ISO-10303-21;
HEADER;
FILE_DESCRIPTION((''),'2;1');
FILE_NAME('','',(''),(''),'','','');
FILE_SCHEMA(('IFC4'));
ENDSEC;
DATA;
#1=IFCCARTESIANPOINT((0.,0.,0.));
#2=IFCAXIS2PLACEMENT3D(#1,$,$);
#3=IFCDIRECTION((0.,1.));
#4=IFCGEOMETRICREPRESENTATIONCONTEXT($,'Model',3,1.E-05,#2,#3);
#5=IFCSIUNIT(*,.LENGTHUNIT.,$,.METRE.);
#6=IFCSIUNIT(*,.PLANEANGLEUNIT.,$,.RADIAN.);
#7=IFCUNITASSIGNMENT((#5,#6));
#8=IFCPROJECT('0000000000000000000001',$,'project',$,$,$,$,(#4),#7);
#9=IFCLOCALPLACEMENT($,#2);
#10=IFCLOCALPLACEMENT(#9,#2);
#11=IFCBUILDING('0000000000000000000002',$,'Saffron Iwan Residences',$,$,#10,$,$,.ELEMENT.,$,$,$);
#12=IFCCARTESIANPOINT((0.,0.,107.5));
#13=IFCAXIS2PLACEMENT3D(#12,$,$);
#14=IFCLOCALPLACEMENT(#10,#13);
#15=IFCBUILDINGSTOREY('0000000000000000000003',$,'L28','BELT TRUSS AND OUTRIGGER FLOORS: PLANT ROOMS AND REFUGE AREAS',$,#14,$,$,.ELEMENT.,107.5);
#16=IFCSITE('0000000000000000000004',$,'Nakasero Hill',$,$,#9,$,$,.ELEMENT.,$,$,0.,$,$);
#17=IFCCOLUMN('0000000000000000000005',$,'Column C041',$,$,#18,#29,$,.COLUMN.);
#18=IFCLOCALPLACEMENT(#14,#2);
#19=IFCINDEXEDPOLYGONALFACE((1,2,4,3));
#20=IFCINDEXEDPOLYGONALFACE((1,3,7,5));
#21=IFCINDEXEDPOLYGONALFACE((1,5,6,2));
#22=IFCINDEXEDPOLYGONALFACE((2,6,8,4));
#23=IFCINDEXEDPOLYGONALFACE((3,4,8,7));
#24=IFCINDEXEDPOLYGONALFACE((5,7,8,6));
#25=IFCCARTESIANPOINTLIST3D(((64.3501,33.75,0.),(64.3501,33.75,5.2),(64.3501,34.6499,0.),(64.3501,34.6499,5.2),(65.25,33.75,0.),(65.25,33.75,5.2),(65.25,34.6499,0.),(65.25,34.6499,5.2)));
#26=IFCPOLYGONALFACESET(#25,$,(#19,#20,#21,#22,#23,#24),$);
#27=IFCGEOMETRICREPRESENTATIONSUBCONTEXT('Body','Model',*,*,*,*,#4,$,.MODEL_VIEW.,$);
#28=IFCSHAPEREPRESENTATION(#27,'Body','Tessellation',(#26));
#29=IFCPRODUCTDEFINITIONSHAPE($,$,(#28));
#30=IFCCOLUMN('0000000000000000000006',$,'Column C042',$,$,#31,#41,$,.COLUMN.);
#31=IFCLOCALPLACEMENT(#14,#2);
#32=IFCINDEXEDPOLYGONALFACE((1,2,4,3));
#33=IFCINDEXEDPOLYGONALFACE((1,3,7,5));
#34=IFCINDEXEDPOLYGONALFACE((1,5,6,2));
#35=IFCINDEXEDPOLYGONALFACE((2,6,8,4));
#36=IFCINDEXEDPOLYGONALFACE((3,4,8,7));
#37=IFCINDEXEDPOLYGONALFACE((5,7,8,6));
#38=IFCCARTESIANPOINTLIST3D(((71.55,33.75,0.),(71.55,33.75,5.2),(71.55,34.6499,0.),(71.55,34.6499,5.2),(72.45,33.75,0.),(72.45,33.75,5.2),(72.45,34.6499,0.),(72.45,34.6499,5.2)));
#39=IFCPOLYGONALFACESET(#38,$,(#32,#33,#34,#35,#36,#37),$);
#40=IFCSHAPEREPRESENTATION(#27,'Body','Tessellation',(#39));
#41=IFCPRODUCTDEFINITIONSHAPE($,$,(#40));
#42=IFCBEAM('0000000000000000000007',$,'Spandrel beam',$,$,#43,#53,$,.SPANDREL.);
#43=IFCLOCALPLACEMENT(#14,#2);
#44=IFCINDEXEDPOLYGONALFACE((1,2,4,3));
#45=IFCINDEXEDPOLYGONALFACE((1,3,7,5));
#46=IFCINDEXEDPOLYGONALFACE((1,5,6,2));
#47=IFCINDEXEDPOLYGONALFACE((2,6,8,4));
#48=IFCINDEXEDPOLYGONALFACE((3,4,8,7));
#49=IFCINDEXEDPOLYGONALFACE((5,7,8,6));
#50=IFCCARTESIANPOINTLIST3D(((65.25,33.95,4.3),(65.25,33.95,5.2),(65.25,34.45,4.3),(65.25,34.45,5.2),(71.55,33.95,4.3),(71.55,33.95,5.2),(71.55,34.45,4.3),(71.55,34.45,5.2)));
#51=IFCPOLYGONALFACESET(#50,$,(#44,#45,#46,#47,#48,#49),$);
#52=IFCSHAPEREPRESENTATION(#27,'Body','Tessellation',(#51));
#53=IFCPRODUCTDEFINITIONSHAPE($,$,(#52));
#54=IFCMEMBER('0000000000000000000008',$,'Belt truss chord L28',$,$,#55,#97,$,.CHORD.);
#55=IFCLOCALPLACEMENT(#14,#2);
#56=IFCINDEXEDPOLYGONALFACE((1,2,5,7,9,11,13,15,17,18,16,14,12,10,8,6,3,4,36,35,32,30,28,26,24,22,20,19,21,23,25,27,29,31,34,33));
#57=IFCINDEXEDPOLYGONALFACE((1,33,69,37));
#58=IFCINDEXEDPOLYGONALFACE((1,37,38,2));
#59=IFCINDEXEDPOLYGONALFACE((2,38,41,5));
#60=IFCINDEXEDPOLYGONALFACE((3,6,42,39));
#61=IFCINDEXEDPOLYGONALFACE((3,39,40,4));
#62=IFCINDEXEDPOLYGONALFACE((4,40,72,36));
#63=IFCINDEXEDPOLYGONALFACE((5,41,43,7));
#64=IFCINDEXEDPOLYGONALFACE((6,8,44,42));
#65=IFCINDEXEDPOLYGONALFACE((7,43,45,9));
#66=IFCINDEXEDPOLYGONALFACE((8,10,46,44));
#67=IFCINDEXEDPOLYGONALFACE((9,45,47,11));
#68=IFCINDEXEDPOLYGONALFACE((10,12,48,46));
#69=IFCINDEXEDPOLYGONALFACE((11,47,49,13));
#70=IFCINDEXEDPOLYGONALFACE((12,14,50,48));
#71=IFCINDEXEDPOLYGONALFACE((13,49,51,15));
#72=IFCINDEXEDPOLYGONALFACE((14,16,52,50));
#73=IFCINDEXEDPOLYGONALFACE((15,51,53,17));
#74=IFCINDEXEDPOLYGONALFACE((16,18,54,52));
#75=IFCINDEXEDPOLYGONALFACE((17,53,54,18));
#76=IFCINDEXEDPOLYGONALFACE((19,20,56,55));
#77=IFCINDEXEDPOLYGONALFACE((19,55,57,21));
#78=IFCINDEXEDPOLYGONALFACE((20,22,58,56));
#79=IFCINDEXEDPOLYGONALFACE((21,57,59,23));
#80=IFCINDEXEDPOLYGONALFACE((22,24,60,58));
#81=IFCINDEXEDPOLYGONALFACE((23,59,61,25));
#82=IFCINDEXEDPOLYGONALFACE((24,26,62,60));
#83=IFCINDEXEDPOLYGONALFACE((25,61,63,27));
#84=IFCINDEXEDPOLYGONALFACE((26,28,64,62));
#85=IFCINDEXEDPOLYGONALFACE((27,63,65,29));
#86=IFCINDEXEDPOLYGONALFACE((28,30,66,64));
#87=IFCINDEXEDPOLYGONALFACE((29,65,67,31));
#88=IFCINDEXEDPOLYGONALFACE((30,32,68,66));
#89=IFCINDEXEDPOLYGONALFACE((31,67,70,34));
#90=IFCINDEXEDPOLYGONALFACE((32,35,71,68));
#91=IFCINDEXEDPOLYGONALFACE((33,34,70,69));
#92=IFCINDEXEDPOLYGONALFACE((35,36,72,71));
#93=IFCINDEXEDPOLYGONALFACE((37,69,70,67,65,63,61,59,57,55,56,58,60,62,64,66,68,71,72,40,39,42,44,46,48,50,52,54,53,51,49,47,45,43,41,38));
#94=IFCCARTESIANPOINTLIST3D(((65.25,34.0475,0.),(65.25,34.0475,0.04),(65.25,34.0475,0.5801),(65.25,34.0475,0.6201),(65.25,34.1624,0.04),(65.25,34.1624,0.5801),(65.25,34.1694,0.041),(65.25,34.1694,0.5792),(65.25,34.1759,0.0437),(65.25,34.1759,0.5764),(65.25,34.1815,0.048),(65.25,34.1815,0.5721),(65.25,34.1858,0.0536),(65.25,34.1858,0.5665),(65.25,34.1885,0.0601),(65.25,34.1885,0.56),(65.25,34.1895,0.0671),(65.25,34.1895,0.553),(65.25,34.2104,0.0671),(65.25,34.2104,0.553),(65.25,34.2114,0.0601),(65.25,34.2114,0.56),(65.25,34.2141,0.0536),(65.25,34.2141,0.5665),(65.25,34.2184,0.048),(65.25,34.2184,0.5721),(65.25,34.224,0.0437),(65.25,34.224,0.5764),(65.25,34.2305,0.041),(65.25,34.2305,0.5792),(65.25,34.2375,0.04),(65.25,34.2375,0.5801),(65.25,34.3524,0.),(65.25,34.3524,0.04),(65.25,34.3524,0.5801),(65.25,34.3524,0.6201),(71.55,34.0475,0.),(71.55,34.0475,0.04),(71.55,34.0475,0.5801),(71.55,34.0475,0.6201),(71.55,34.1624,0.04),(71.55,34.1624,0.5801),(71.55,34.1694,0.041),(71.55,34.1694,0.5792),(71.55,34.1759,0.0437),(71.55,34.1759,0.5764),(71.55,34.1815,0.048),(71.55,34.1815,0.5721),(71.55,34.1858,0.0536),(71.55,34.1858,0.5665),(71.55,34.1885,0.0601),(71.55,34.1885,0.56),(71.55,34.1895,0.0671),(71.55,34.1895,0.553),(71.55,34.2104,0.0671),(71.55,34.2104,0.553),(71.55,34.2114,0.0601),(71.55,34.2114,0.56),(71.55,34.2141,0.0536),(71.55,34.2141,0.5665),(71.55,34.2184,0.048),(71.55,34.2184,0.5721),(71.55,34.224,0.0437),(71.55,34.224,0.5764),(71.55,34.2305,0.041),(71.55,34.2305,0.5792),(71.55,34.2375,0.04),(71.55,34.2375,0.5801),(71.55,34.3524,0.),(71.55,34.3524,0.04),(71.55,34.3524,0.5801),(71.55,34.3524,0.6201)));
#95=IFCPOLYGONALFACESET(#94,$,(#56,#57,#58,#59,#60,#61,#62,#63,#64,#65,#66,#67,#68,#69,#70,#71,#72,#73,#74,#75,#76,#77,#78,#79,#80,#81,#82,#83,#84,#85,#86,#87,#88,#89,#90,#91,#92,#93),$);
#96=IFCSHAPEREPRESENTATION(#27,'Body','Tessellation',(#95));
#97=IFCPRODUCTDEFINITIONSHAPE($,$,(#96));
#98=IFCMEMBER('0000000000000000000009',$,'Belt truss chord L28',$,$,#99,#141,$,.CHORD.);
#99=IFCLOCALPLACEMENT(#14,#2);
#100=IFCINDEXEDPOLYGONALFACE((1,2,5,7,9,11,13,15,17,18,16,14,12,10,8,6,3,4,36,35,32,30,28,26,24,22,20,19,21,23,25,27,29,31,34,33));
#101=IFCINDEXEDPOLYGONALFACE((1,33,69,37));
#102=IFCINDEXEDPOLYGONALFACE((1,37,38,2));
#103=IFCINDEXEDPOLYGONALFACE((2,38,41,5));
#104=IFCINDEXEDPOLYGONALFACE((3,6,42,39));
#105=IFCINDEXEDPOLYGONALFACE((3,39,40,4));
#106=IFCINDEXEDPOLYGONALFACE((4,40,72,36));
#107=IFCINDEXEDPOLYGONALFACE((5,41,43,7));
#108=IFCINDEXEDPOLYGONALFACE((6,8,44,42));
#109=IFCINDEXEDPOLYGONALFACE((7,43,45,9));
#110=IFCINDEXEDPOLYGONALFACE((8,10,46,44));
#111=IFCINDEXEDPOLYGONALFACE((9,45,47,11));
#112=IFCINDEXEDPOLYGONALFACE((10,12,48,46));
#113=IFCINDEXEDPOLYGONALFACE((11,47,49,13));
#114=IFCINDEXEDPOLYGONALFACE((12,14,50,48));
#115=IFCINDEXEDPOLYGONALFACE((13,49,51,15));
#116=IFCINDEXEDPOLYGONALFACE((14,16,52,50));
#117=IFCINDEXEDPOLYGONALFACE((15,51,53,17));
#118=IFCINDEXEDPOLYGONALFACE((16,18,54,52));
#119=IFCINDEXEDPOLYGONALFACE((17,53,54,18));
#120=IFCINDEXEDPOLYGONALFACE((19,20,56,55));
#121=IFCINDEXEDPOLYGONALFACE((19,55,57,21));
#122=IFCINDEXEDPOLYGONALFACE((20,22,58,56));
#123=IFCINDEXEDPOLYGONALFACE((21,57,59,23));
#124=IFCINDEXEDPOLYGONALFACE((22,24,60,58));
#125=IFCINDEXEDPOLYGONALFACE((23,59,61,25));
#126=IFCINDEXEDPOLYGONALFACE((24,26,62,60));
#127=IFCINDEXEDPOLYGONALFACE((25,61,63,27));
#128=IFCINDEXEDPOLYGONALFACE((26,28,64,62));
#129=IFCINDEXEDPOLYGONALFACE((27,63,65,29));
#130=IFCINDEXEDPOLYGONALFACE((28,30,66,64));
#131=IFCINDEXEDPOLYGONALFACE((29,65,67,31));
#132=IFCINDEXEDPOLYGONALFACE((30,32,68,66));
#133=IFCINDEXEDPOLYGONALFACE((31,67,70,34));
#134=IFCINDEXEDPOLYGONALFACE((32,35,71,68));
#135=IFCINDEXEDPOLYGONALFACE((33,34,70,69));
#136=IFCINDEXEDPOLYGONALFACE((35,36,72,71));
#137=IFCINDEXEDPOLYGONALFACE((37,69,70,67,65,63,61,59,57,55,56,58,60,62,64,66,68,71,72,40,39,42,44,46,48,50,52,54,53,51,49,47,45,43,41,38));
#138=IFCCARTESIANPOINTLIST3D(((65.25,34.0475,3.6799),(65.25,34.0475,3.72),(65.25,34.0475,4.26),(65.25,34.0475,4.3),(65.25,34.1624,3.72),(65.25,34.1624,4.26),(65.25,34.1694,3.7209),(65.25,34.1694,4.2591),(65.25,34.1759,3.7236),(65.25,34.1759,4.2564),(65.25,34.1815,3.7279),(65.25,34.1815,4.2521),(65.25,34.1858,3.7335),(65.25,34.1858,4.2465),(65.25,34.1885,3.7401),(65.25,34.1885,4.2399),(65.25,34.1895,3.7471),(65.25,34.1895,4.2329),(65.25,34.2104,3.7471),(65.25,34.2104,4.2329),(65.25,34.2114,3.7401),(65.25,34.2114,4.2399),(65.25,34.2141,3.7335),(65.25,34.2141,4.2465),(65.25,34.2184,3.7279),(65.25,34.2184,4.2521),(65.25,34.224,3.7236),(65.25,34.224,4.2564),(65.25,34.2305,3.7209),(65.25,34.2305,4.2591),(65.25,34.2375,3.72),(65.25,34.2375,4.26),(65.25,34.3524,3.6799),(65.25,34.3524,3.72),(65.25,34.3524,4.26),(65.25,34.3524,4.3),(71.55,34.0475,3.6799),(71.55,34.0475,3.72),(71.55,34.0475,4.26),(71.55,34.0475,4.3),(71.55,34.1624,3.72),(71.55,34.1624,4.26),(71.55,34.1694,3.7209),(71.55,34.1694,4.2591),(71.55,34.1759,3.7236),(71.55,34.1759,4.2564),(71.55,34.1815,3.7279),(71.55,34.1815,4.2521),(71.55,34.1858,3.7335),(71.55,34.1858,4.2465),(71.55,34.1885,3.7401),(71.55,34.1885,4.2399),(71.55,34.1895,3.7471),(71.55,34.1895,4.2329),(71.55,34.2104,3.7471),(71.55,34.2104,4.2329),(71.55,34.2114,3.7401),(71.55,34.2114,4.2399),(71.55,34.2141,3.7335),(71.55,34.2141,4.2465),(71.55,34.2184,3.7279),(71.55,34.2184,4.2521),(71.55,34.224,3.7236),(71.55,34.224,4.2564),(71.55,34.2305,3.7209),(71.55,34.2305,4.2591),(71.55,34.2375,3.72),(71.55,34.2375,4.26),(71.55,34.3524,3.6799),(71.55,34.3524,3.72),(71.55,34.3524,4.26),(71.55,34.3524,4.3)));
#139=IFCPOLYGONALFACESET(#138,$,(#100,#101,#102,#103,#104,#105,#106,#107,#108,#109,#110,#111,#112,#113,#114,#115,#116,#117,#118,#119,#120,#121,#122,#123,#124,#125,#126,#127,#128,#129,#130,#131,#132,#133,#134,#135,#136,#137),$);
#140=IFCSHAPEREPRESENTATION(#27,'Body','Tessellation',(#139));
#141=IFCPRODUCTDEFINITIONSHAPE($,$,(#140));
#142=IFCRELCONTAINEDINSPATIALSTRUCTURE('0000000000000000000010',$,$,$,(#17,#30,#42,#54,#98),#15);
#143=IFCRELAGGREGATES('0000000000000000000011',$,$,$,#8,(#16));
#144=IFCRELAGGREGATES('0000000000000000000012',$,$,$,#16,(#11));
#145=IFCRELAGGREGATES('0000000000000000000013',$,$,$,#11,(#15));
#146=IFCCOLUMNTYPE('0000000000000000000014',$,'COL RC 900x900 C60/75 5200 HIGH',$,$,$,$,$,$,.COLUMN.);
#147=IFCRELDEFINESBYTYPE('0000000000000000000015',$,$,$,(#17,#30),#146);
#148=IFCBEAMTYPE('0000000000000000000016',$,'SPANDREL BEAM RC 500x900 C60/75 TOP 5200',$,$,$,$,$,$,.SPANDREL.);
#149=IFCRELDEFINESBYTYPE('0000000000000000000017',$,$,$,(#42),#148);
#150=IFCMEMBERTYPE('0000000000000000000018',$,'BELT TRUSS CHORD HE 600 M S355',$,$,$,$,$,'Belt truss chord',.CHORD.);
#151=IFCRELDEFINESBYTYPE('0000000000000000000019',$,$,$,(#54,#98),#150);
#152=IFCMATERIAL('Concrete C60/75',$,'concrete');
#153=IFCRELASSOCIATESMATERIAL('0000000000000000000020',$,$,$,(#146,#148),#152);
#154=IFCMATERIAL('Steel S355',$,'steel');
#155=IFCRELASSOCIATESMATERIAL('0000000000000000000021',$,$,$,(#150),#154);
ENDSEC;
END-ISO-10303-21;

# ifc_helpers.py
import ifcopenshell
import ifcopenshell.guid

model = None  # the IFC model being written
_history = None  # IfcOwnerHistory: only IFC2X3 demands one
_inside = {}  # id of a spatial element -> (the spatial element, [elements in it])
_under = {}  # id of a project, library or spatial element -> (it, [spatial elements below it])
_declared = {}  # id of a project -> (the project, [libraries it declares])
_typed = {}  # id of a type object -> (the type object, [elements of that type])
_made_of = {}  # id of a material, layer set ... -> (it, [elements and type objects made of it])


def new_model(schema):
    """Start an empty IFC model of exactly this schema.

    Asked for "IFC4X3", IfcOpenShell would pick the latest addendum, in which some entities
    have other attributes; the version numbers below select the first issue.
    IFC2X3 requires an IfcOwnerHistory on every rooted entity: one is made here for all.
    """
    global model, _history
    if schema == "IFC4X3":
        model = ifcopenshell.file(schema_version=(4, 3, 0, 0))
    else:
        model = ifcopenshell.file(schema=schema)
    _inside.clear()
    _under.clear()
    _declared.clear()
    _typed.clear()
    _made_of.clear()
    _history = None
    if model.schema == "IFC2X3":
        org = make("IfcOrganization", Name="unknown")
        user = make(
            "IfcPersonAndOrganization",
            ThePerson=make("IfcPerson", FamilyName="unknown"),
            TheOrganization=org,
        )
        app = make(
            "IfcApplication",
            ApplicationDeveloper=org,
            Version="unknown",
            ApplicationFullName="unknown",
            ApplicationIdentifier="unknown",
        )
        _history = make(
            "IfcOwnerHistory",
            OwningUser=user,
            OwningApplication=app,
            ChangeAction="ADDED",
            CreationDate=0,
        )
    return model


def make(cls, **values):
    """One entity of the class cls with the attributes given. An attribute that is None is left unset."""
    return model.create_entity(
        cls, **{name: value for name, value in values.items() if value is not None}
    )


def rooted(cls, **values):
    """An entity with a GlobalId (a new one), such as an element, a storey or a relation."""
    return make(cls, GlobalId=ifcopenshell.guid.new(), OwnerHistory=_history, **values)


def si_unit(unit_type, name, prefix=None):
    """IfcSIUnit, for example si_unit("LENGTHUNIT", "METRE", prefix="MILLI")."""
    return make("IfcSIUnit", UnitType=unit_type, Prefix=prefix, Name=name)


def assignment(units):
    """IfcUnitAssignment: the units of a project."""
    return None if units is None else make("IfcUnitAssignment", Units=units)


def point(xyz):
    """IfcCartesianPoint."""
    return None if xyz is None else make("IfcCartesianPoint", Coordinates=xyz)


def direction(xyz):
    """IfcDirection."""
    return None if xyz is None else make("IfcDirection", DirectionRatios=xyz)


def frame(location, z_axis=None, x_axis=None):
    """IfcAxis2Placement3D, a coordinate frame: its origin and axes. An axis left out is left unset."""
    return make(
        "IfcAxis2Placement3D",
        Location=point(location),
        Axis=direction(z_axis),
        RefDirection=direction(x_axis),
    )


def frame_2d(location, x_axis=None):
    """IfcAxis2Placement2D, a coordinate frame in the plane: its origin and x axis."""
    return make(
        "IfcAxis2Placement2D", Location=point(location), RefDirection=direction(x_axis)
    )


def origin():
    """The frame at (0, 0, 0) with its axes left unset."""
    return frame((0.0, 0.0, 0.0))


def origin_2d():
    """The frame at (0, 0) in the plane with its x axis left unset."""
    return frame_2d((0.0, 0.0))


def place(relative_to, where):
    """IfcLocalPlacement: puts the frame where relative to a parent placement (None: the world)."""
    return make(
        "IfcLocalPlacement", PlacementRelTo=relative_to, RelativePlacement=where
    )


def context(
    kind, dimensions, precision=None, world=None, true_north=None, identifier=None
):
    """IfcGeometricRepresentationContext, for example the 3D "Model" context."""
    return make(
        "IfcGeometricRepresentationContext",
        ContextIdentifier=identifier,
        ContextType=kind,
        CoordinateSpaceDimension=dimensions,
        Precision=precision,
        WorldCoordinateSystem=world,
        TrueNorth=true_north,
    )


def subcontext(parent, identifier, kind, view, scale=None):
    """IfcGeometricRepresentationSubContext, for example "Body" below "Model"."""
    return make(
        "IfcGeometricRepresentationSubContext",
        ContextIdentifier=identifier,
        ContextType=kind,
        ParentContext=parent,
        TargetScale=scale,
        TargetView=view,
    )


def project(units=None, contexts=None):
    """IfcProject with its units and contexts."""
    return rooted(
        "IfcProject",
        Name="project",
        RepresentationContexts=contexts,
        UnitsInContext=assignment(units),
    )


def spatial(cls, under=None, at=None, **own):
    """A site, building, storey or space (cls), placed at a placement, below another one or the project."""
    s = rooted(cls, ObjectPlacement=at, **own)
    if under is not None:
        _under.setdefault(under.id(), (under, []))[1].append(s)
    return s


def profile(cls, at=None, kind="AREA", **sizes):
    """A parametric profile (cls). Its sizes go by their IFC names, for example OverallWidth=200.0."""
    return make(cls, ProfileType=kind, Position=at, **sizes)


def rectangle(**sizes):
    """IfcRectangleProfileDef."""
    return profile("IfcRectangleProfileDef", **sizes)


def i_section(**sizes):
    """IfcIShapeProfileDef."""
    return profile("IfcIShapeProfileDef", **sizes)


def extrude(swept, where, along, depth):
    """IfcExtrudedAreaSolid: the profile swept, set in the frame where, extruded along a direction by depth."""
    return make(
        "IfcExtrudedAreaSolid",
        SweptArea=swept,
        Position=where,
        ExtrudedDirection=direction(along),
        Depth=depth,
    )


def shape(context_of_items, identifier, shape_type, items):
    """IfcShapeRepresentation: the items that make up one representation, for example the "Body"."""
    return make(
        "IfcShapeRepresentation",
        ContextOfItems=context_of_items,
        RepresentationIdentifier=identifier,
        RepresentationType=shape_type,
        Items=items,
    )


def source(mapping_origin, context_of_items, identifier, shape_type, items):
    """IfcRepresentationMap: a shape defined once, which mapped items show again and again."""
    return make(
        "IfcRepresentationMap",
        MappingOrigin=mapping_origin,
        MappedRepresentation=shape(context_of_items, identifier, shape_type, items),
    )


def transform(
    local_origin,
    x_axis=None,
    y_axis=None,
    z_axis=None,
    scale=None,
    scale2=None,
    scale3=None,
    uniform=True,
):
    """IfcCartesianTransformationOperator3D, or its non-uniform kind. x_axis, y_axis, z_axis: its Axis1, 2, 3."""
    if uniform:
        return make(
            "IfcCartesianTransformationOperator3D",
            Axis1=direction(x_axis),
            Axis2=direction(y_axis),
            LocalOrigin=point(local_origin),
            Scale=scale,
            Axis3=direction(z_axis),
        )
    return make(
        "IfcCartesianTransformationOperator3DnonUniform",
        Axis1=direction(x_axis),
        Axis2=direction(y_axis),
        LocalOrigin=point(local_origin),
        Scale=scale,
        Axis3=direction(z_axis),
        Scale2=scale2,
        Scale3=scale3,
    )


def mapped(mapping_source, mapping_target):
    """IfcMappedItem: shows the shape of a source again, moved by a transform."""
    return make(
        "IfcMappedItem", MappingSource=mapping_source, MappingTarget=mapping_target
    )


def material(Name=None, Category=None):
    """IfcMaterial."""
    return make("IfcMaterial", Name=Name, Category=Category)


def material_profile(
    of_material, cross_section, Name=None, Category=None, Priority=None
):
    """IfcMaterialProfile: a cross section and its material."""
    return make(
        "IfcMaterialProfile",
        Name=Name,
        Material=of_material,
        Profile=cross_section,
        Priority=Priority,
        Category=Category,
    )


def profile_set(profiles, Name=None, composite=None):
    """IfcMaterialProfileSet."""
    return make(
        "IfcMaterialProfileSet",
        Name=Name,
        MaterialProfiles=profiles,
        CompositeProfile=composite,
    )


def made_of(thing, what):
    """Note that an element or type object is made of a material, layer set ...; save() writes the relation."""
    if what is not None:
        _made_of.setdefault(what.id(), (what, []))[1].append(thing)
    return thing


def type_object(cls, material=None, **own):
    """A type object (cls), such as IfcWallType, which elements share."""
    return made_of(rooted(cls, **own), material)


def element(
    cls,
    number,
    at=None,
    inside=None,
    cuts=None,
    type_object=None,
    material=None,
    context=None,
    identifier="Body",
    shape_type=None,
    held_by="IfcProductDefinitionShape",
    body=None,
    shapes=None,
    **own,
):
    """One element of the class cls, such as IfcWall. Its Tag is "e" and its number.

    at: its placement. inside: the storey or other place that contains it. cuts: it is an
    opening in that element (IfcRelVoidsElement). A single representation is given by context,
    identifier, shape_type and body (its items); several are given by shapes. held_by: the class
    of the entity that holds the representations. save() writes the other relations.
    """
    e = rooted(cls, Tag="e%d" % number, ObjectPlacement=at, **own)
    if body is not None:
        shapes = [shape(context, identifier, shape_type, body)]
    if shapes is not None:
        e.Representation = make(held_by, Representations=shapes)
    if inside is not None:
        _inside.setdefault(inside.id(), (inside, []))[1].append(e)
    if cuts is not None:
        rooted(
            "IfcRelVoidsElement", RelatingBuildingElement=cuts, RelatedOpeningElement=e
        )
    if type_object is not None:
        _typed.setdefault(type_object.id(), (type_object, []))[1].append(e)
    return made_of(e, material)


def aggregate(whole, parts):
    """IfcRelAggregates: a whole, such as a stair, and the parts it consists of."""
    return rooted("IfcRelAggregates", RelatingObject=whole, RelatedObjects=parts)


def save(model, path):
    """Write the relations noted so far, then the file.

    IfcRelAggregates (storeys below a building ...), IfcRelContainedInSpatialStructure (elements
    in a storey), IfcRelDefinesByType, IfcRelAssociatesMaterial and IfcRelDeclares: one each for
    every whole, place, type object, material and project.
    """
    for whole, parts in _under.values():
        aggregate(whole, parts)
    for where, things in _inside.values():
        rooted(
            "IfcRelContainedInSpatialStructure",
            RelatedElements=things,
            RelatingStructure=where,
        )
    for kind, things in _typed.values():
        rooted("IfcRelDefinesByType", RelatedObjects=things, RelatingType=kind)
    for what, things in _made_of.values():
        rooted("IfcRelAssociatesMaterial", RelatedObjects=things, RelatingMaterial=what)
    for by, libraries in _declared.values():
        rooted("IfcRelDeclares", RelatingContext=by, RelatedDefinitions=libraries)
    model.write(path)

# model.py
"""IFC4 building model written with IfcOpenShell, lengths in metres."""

from ifc_helpers import new_model, si_unit, direction, frame, origin, origin_2d, place, context, subcontext, project, spatial, rectangle, i_section, extrude, source, transform, mapped, material, material_profile, profile_set, type_object, element, save


model = new_model("IFC4")

# Units and contexts
model_context = context("Model", 3, precision=1e-05, world=origin(), true_north=direction((0.0, 1.0)))
body_context = subcontext(model_context, "Body", "Model", "MODEL_VIEW")
ifc_project = project(units=[si_unit("LENGTHUNIT", "METRE"), si_unit("PLANEANGLEUNIT", "RADIAN")], contexts=[model_context])

# Site, building, storey
site_placement = place(None, origin())
site = spatial("IfcSite", under=ifc_project, at=site_placement, Name="Nakasero Hill", CompositionType="ELEMENT", RefElevation=0.0)
building_placement = place(site_placement, origin())
building = spatial("IfcBuilding", under=site, at=building_placement, Name="Saffron Iwan Residences", CompositionType="ELEMENT")
storey_placement = place(building_placement, frame((0.0, 0.0, 107.5)))
storey = spatial("IfcBuildingStorey", under=building, at=storey_placement, Name="L28", Description="BELT TRUSS AND OUTRIGGER FLOORS: PLANT ROOMS AND REFUGE AREAS", CompositionType="ELEMENT", Elevation=107.5)

# Columns
ifc_material_1 = material(Name="Concrete C60/75", Category="concrete")
ifc_material_profile_1 = material_profile(ifc_material_1, rectangle(XDim=0.8999, YDim=0.8999, at=origin_2d()), Name="RC 900x900")
ifc_profile_set_1 = profile_set([ifc_material_profile_1], Name="Concrete C60/75")
column_type = type_object("IfcColumnType", Name="COL RC 900x900 C60/75 5200 HIGH", PredefinedType="COLUMN", material=ifc_profile_set_1)
shared_shape_1 = source(origin(), body_context, "Body", "SweptSolid", [
    extrude(rectangle(XDim=0.8999, YDim=0.8999, at=origin_2d()), origin(), (0.0, 0.0, 1.0), 5.2),
])
for number, where, z_axis, x_axis, name in (
    (1, (64.8, 34.2, 0.0), (0.0, 0.0, 1.0), (1.0, 0.0, 0.0), "Column C041"),
    (2, (72.0, 34.2, 0.0), (0.0, 0.0, 1.0), (1.0, 0.0, 0.0), "Column C042"),
):
    element("IfcColumn", number, at=place(storey_placement, frame(where, z_axis=z_axis, x_axis=x_axis)), inside=storey, type_object=column_type, Name=name, PredefinedType="COLUMN", context=body_context, shape_type="MappedRepresentation", body=[
        mapped(shared_shape_1, transform((0.0, 0.0, 0.0))),
    ])

# Beam
ifc_material_profile_2 = material_profile(ifc_material_1, rectangle(XDim=0.5, YDim=0.8999, at=origin_2d()), Name="RC 500x900")
ifc_profile_set_2 = profile_set([ifc_material_profile_2], Name="Concrete C60/75")
beam_type = type_object("IfcBeamType", Name="SPANDREL BEAM RC 500x900 C60/75 TOP 5200", PredefinedType="SPANDREL", material=ifc_profile_set_2)
shared_shape_2 = source(origin(), body_context, "Body", "SweptSolid", [
    extrude(rectangle(XDim=0.5, YDim=0.8999, at=origin_2d()), origin(), (0.0, 0.0, 1.0), 6.3),
])
beam_placement = place(storey_placement, frame((71.55, 34.2, 4.75), z_axis=(-1.0, 0.0, 0.0), x_axis=(0.0, -1.0, 0.0)))
element("IfcBeam", 3, at=beam_placement, inside=storey, type_object=beam_type, Name="Spandrel beam", PredefinedType="SPANDREL", context=body_context, shape_type="MappedRepresentation", body=[
    mapped(shared_shape_2, transform((0.0, 0.0, 0.0))),
])

# Members
ifc_material_2 = material(Name="Steel S355", Category="steel")
ifc_material_profile_3 = material_profile(ifc_material_2, i_section(OverallWidth=0.3049, OverallDepth=0.6201, WebThickness=0.021, FlangeThickness=0.04, FilletRadius=0.0271, at=origin_2d()), Name="HE 600 M")
ifc_profile_set_3 = profile_set([ifc_material_profile_3], Name="Steel S355")
member_type_1 = type_object("IfcMemberType", Name="BELT TRUSS CHORD HE 600 M S355", ElementType="Belt truss chord", PredefinedType="CHORD", material=ifc_profile_set_3)
shared_shape_3 = source(origin(), body_context, "Body", "SweptSolid", [
    extrude(i_section(OverallWidth=0.3049, OverallDepth=0.6201, WebThickness=0.021, FlangeThickness=0.04, FilletRadius=0.0271, at=origin_2d()), origin(), (0.0, 0.0, 1.0), 6.3),
])
for number, where, z_axis, x_axis, name in (
    (4, (71.55, 34.2, 0.3101), (-1.0, 0.0, 0.0), (0.0, -1.0, 0.0), "Belt truss chord L28"),
    (5, (71.55, 34.2, 3.99), (-1.0, 0.0, 0.0), (0.0, -1.0, 0.0), "Belt truss chord L28"),
):
    element("IfcMember", number, at=place(storey_placement, frame(where, z_axis=z_axis, x_axis=x_axis)), inside=storey, type_object=member_type_1, Name=name, PredefinedType="CHORD", context=body_context, shape_type="MappedRepresentation", body=[
        mapped(shared_shape_3, transform((0.0, 0.0, 0.0))),
    ])

save(model, "model.ifc")
